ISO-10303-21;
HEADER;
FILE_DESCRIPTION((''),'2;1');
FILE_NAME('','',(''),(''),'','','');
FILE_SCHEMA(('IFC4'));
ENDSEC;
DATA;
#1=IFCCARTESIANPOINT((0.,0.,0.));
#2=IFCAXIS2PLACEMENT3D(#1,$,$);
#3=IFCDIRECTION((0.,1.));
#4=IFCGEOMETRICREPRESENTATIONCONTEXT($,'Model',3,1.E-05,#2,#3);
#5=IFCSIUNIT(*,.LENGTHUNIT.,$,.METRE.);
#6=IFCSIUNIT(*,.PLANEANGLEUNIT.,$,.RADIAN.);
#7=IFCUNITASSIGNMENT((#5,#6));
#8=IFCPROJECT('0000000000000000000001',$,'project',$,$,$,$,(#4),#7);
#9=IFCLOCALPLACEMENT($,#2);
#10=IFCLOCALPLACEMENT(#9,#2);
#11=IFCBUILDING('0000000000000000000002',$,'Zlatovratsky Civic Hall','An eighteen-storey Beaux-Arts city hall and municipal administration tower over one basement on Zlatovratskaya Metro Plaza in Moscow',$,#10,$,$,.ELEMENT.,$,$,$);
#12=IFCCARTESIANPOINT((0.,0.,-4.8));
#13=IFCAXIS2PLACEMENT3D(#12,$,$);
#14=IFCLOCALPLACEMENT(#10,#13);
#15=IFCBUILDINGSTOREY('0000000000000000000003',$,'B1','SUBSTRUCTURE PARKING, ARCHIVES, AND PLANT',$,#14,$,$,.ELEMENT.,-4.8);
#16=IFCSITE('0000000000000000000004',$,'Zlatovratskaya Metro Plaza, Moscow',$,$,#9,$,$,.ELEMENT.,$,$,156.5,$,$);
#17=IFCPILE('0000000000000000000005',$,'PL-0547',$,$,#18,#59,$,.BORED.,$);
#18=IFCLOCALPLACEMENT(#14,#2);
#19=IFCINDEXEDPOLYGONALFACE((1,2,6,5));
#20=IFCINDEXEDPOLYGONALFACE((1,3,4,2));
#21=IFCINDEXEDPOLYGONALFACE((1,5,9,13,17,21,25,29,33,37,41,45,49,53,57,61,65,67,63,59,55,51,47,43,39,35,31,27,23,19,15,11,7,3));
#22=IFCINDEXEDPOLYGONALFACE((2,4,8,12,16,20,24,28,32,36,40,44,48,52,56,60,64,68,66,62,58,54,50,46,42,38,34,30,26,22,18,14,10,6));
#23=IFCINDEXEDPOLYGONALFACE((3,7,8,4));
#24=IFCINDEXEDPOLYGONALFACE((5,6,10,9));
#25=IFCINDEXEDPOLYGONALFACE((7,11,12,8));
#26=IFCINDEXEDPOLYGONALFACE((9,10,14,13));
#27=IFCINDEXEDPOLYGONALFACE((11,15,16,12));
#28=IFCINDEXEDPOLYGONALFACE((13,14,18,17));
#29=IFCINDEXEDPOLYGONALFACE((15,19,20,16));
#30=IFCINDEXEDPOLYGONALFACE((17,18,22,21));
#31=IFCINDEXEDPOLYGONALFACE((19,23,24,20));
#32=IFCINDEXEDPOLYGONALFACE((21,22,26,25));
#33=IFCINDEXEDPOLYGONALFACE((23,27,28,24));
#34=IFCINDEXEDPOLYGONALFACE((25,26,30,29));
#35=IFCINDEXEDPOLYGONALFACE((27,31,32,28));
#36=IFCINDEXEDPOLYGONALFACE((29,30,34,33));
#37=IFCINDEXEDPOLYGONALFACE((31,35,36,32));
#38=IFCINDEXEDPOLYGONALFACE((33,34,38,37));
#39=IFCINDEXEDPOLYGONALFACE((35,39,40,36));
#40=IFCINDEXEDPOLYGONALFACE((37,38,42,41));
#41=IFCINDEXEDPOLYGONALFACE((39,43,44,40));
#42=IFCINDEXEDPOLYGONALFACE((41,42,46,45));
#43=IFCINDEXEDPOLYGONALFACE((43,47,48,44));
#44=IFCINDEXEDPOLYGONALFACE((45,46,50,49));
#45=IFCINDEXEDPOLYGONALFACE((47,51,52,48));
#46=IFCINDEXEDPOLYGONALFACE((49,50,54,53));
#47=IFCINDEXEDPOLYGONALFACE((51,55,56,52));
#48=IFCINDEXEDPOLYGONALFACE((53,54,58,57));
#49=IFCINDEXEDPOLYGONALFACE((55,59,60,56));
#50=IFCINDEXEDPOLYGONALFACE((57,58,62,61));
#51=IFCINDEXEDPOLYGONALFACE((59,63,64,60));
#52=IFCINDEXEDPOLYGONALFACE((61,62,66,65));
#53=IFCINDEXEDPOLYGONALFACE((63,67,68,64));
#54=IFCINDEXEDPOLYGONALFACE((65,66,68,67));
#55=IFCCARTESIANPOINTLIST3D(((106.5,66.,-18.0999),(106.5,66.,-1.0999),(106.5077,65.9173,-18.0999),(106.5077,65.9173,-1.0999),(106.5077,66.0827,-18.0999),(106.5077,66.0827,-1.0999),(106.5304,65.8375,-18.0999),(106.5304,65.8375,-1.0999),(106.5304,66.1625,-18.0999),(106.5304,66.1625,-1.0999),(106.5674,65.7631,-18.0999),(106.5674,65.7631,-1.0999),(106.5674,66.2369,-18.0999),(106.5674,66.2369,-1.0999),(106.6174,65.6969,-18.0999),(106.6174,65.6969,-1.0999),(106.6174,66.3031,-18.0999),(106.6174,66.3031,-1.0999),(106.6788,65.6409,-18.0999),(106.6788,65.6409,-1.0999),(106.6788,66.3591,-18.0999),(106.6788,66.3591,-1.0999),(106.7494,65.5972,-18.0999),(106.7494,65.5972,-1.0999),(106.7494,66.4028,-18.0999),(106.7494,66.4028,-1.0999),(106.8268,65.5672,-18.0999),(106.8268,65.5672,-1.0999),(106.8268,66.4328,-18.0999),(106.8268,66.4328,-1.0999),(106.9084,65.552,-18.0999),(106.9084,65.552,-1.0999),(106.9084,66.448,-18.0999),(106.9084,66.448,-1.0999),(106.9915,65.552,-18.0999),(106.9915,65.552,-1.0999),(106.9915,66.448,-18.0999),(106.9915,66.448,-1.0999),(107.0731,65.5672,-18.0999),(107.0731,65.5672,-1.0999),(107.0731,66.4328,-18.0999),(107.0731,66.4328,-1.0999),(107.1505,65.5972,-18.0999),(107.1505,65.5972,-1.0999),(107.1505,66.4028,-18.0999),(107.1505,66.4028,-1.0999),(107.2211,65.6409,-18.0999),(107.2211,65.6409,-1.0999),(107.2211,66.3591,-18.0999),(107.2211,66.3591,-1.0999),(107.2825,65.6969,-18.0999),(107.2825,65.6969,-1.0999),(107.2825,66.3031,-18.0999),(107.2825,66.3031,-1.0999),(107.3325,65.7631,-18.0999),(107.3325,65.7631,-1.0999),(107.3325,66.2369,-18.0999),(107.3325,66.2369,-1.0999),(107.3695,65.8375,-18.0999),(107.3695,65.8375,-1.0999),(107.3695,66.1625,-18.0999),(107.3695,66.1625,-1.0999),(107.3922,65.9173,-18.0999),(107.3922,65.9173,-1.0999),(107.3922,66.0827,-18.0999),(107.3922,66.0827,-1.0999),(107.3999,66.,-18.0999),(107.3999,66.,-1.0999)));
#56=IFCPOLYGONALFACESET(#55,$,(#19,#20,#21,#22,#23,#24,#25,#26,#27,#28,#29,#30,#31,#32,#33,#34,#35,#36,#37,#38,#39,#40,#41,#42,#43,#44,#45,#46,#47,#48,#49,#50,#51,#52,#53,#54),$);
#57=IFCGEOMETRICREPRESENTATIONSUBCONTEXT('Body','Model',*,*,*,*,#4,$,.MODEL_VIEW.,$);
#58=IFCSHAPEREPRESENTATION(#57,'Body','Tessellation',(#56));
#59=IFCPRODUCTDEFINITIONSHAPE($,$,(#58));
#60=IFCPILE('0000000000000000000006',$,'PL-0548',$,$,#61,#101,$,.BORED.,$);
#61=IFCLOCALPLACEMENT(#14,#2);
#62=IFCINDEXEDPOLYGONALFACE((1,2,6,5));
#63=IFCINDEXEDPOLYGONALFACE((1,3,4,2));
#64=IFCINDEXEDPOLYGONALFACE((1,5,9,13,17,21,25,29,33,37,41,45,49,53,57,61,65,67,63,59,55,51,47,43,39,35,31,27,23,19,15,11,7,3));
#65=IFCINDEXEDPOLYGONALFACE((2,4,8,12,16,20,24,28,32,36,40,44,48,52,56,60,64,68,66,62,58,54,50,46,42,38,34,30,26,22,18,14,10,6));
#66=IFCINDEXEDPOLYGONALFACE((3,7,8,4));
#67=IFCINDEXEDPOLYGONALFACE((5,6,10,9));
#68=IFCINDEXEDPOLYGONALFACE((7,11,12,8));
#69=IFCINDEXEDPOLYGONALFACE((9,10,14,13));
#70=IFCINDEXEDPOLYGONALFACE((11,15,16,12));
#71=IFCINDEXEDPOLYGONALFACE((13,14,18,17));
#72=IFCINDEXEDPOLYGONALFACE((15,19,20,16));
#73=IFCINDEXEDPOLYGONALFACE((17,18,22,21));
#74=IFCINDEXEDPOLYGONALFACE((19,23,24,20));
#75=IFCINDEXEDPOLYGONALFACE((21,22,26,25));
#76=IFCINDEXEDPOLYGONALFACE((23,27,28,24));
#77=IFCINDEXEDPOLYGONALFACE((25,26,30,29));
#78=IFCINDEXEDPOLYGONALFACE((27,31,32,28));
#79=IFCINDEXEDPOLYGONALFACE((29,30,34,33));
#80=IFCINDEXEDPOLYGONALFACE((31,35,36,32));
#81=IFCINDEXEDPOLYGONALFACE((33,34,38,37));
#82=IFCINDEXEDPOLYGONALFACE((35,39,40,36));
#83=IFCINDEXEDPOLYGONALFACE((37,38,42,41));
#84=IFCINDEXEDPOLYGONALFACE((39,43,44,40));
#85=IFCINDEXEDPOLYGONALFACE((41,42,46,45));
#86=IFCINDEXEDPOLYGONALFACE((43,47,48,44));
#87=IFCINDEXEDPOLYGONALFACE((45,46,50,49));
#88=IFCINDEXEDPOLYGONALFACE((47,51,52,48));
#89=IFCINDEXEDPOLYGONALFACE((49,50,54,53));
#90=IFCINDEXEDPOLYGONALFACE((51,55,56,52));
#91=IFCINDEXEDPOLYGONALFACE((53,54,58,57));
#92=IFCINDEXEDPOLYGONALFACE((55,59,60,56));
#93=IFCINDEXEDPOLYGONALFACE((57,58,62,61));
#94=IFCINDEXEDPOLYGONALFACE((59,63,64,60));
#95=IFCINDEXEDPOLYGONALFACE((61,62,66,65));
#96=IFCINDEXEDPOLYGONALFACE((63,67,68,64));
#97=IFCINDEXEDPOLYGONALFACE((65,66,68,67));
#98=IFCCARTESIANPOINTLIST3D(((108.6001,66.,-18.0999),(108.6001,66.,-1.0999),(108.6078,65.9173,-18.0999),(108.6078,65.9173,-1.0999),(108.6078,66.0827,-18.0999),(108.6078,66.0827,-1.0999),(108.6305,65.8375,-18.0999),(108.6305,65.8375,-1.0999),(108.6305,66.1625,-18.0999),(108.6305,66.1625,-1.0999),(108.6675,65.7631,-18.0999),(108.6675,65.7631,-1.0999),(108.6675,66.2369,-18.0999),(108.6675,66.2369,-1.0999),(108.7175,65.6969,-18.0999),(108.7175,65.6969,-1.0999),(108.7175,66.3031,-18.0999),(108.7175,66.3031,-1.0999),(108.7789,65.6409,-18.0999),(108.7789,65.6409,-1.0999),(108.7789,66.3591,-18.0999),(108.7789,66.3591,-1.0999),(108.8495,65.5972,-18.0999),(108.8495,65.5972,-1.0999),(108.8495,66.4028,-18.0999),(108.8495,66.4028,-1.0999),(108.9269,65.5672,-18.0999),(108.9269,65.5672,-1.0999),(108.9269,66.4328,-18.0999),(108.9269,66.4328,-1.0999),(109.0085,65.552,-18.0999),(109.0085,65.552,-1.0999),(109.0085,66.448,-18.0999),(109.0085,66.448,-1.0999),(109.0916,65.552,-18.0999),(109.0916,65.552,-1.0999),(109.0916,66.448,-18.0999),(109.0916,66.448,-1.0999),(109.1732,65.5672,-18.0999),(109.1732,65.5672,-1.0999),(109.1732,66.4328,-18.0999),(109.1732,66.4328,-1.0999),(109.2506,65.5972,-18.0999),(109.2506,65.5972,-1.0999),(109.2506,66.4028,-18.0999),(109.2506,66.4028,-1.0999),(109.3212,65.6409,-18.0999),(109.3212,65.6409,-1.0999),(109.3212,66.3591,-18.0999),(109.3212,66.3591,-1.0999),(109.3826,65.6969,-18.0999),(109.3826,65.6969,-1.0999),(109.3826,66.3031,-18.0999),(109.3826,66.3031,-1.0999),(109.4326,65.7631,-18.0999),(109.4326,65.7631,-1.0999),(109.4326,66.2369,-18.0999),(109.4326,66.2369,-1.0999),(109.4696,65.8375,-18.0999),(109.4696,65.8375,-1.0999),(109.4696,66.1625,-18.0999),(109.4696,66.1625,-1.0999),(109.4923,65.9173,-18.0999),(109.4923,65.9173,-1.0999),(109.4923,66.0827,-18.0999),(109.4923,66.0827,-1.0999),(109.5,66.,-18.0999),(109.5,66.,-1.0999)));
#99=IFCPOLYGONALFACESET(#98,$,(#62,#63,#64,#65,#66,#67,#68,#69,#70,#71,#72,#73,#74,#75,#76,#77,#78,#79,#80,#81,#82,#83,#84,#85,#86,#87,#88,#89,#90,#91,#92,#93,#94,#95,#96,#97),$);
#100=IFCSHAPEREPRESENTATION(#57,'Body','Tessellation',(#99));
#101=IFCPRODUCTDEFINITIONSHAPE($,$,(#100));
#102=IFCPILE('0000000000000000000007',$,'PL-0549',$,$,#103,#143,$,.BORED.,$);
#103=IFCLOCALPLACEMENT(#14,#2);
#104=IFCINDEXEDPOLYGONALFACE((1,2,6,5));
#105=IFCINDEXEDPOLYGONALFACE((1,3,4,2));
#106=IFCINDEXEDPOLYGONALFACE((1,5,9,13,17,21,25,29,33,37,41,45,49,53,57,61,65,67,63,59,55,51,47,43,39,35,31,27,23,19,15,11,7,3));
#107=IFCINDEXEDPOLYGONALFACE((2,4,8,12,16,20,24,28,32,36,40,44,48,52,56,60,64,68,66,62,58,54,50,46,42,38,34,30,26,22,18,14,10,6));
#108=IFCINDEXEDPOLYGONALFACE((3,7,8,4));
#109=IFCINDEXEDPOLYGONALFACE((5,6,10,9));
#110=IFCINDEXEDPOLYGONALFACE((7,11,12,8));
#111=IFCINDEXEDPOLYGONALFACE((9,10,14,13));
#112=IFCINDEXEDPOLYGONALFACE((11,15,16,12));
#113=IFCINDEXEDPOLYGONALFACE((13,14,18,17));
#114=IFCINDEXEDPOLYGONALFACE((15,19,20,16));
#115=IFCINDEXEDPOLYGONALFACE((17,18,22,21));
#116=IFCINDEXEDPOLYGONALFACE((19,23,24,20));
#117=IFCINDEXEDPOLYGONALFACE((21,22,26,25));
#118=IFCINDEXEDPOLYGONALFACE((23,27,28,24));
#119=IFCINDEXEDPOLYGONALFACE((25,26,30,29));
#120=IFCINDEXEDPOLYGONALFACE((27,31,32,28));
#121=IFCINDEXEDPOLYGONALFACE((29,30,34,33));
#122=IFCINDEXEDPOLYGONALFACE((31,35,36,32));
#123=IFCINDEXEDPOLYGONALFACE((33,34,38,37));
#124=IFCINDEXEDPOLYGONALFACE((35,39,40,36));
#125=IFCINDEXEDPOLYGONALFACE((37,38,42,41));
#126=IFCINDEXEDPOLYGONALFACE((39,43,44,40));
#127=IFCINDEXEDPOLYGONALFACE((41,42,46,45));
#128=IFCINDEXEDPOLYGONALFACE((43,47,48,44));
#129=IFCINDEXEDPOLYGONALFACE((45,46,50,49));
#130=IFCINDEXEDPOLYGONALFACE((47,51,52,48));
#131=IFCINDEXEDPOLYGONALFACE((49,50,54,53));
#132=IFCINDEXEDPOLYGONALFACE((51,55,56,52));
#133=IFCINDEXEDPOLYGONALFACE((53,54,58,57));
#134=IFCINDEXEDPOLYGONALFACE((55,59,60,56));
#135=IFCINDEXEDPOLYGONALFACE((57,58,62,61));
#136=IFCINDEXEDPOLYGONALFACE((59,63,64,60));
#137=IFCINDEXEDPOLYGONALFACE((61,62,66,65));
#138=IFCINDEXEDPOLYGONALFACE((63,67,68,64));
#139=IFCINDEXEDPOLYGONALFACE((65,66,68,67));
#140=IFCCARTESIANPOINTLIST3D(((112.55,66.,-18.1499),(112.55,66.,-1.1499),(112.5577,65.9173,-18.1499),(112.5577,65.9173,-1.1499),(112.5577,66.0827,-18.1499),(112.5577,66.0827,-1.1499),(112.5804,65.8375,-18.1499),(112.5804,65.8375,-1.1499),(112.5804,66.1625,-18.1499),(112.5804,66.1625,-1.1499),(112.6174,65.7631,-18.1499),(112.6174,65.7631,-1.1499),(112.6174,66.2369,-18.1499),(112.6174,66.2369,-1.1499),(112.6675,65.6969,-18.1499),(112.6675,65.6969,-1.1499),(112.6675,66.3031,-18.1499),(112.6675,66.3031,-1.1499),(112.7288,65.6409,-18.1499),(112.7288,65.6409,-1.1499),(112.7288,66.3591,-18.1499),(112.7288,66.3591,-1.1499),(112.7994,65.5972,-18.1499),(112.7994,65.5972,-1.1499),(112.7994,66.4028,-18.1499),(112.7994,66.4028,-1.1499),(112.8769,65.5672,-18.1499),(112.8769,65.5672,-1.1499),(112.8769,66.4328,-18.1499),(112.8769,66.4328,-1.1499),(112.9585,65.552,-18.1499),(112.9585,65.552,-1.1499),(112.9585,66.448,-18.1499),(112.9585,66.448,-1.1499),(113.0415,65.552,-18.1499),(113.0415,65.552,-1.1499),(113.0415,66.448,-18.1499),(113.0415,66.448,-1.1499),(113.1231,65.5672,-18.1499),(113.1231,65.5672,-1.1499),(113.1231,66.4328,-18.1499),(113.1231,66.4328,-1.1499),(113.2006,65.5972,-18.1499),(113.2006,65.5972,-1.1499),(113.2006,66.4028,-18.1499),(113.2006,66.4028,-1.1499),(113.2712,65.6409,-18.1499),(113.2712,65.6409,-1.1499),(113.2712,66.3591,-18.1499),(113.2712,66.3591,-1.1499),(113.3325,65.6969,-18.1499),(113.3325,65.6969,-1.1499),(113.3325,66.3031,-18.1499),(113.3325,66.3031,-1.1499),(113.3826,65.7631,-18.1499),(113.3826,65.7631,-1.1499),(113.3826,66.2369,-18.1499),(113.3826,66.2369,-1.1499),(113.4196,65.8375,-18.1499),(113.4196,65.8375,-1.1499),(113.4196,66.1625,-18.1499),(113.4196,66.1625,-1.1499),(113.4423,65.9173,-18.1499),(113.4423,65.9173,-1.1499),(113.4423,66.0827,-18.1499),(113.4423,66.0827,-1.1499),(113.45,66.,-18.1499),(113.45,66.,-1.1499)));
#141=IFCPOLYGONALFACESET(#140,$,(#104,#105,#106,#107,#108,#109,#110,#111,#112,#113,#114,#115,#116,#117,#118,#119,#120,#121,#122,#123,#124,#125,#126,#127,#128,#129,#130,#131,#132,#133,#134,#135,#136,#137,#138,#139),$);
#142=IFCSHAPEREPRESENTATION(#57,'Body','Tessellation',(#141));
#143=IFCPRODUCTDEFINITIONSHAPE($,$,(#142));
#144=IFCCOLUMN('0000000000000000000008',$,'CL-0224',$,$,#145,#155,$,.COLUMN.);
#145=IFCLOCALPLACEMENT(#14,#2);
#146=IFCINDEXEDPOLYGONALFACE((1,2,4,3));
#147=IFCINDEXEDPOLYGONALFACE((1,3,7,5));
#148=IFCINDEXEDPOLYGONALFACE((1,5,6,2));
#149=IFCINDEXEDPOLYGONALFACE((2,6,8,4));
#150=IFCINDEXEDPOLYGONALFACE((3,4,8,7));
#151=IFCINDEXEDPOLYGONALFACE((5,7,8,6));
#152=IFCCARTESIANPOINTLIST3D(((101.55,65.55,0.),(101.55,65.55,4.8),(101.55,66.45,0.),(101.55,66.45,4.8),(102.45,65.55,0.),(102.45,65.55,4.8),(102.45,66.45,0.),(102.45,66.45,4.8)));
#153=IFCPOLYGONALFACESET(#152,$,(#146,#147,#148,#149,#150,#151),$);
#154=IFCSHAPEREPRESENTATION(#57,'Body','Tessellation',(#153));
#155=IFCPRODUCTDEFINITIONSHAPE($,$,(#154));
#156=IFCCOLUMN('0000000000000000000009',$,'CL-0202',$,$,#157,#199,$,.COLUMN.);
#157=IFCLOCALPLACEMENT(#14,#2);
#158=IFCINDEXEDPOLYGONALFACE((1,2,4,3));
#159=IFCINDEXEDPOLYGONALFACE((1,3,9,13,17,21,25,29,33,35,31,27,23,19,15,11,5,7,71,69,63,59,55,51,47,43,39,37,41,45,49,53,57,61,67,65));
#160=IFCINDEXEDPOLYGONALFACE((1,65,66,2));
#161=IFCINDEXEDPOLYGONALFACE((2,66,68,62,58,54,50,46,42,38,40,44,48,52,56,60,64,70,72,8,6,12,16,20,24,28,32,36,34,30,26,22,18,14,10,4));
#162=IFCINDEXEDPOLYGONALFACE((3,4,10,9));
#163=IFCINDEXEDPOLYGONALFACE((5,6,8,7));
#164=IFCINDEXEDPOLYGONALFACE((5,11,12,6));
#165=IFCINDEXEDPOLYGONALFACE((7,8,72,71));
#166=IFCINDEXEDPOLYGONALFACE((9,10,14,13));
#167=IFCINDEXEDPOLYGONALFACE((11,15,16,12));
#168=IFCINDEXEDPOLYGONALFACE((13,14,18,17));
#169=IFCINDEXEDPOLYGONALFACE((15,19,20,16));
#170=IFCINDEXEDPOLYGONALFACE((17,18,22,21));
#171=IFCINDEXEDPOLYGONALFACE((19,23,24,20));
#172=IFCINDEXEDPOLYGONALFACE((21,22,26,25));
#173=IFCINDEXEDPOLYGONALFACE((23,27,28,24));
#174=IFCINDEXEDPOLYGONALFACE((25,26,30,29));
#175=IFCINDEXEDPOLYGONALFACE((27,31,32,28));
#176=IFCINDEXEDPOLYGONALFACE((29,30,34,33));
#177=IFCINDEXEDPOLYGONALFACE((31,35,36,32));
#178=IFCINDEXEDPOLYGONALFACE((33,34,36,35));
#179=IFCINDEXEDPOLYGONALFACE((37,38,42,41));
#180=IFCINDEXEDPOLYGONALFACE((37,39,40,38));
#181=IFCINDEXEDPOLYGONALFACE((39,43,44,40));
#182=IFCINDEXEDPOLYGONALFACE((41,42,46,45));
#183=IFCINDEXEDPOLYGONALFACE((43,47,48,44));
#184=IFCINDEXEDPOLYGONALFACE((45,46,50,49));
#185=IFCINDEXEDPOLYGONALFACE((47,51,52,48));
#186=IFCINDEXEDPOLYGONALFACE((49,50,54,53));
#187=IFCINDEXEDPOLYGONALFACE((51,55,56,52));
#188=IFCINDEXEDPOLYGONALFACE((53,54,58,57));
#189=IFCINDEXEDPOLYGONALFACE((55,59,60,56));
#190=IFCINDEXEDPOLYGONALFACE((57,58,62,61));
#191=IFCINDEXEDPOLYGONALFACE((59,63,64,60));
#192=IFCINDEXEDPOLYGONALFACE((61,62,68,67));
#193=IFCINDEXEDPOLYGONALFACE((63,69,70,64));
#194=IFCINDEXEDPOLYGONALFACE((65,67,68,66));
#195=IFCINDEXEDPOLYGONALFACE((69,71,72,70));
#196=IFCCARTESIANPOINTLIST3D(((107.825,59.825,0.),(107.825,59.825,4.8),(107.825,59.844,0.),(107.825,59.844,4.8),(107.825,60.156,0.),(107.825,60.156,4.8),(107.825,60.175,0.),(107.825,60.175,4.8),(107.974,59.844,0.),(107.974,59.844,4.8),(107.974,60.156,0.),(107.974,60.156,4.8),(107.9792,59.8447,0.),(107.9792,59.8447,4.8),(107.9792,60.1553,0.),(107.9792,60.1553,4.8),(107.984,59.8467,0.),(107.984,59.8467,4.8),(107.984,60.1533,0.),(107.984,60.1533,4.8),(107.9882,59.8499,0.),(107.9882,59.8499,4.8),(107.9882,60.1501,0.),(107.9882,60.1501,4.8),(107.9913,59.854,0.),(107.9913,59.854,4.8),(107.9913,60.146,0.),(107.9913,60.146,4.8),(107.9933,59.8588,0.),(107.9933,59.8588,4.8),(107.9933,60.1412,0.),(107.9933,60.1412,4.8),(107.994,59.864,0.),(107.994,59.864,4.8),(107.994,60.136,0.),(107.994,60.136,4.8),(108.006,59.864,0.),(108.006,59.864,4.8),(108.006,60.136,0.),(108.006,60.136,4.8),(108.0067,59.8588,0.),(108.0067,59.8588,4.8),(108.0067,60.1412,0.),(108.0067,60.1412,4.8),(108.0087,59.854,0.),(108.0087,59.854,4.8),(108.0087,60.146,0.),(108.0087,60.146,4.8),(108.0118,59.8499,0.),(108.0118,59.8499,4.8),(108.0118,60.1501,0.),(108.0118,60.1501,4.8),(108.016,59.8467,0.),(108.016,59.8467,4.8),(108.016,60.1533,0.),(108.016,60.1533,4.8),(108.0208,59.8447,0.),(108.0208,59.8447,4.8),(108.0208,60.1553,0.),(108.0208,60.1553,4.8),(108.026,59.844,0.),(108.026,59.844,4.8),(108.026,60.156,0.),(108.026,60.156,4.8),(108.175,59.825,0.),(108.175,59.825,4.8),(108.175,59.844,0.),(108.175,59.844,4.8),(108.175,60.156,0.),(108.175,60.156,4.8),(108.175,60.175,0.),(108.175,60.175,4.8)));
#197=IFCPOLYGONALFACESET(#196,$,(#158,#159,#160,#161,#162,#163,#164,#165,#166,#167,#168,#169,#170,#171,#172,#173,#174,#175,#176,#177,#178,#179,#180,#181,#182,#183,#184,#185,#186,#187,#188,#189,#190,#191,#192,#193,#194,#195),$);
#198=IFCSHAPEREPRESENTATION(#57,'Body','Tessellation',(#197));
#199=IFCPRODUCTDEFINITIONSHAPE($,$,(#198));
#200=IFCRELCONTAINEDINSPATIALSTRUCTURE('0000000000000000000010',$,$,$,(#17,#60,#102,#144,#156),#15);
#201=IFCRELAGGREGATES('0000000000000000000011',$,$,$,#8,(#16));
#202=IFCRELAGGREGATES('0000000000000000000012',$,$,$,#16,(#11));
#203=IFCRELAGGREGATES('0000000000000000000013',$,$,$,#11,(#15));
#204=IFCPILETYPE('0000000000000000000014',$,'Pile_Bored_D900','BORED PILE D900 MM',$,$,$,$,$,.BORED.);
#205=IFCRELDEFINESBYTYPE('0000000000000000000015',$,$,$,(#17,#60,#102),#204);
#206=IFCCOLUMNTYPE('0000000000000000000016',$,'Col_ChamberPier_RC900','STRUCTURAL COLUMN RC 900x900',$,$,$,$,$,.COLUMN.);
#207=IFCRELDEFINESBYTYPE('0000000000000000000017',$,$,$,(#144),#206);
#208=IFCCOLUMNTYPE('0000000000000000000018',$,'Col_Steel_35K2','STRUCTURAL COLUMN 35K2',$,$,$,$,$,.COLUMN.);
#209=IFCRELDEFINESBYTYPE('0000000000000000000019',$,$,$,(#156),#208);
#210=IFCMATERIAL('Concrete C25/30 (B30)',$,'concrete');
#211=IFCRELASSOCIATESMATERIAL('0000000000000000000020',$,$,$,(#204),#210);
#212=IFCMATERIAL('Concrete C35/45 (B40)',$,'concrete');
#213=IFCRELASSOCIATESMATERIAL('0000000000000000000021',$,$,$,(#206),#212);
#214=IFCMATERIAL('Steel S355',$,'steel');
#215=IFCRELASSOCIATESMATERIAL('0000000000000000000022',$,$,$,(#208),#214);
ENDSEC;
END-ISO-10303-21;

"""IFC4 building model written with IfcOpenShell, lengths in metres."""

from ifc_helpers import new_model, si_unit, direction, frame, origin, origin_2d, place, context, subcontext, project, spatial, rectangle, circle, i_section, extrude, material, material_profile, profile_set, type_object, element, save


model = new_model("IFC4")

# Units and contexts
model_context = context("Model", 3, precision=1e-05, world=origin(), true_north=direction((0.0, 1.0)))
body_context = subcontext(model_context, "Body", "Model", "MODEL_VIEW")
ifc_project = project(units=[si_unit("LENGTHUNIT", "METRE"), si_unit("PLANEANGLEUNIT", "RADIAN")], contexts=[model_context])

# Site, building, storey
site_placement = place(None, origin())
site = spatial("IfcSite", under=ifc_project, at=site_placement, Name="Zlatovratskaya Metro Plaza, Moscow", CompositionType="ELEMENT", RefElevation=156.5)
building_placement = place(site_placement, origin())
building = spatial("IfcBuilding", under=site, at=building_placement, Name="Zlatovratsky Civic Hall", Description="An eighteen-storey Beaux-Arts city hall and municipal administration tower over one basement on Zlatovratskaya Metro Plaza in Moscow", CompositionType="ELEMENT")
storey_placement = place(building_placement, frame((0.0, 0.0, -4.8)))
storey = spatial("IfcBuildingStorey", under=building, at=storey_placement, Name="B1", Description="SUBSTRUCTURE PARKING, ARCHIVES, AND PLANT", CompositionType="ELEMENT", Elevation=-4.8)

# Shared definitions
ifc_material_1 = material(Name="Concrete C25/30 (B30)", Category="concrete")

# Piles
ifc_material_profile_1 = material_profile(ifc_material_1, circle(Radius=0.45, at=origin_2d()), Name="PILE D900")
ifc_profile_set_1 = profile_set([ifc_material_profile_1], Name="Concrete C25/30 (B30)")
pile_type_1 = type_object("IfcPileType", Name="Pile_Bored_D900", Description="BORED PILE D900 MM", PredefinedType="BORED", material=ifc_profile_set_1)
for number, where, z_axis, x_axis, name in (
    (1, (106.95, 66.0, -1.0999), (0.0, 0.0, -1.0), (1.0, 0.0, 0.0), "PL-0547"),
    (2, (109.05, 66.0, -1.0999), (0.0, 0.0, -1.0), (1.0, 0.0, 0.0), "PL-0548"),
    (3, (113.0, 66.0, -1.1499), (0.0, 0.0, -1.0), (1.0, 0.0, 0.0), "PL-0549"),
):
    element("IfcPile", number, at=place(storey_placement, frame(where, z_axis=z_axis, x_axis=x_axis)), inside=storey, type_object=pile_type_1, Name=name, PredefinedType="BORED", context=body_context, shape_type="SweptSolid", body=[
        extrude(circle(Radius=0.45, at=origin_2d()), origin(), (0.0, 0.0, 1.0), 17.0),
    ])

# Columns
ifc_material_2 = material(Name="Concrete C35/45 (B40)", Category="concrete")
ifc_material_profile_2 = material_profile(ifc_material_2, rectangle(XDim=0.8999, YDim=0.8999, at=origin_2d()), Name="RC 900x900")
ifc_profile_set_2 = profile_set([ifc_material_profile_2], Name="Concrete C35/45 (B40)")
column_type_1 = type_object("IfcColumnType", Name="Col_ChamberPier_RC900", Description="STRUCTURAL COLUMN RC 900x900", PredefinedType="COLUMN", material=ifc_profile_set_2)
column_placement = place(storey_placement, frame((102.0, 66.0, 0.0), z_axis=(0.0, 0.0, 1.0), x_axis=(1.0, 0.0, 0.0)))
element("IfcColumn", 4, at=column_placement, inside=storey, type_object=column_type_1, Name="CL-0224", PredefinedType="COLUMN", context=body_context, shape_type="SweptSolid", body=[
    extrude(rectangle(XDim=0.8999, YDim=0.8999, at=origin_2d()), origin(), (0.0, 0.0, 1.0), 4.8),
])
ifc_material_3 = material(Name="Steel S355", Category="steel")
ifc_material_profile_3 = material_profile(ifc_material_3, i_section(OverallWidth=0.3501, OverallDepth=0.3501, WebThickness=0.012, FlangeThickness=0.019, FilletRadius=0.02, at=origin_2d()), Name="35K2")
ifc_profile_set_3 = profile_set([ifc_material_profile_3], Name="Steel S355")
column_type_2 = type_object("IfcColumnType", Name="Col_Steel_35K2", Description="STRUCTURAL COLUMN 35K2", PredefinedType="COLUMN", material=ifc_profile_set_3)
for number, where, z_axis, x_axis, name in (
    (5, (108.0, 60.0, 0.0), (0.0, 0.0, 1.0), (1.0, 0.0, 0.0), "CL-0202"),
):
    element("IfcColumn", number, at=place(storey_placement, frame(where, z_axis=z_axis, x_axis=x_axis)), inside=storey, type_object=column_type_2, Name=name, PredefinedType="COLUMN", context=body_context, shape_type="SweptSolid", body=[
        extrude(i_section(OverallWidth=0.3501, OverallDepth=0.3501, WebThickness=0.012, FlangeThickness=0.019, FilletRadius=0.02, at=origin_2d()), origin(), (0.0, 0.0, 1.0), 4.8),
    ])

save(model, "model.ifc")
